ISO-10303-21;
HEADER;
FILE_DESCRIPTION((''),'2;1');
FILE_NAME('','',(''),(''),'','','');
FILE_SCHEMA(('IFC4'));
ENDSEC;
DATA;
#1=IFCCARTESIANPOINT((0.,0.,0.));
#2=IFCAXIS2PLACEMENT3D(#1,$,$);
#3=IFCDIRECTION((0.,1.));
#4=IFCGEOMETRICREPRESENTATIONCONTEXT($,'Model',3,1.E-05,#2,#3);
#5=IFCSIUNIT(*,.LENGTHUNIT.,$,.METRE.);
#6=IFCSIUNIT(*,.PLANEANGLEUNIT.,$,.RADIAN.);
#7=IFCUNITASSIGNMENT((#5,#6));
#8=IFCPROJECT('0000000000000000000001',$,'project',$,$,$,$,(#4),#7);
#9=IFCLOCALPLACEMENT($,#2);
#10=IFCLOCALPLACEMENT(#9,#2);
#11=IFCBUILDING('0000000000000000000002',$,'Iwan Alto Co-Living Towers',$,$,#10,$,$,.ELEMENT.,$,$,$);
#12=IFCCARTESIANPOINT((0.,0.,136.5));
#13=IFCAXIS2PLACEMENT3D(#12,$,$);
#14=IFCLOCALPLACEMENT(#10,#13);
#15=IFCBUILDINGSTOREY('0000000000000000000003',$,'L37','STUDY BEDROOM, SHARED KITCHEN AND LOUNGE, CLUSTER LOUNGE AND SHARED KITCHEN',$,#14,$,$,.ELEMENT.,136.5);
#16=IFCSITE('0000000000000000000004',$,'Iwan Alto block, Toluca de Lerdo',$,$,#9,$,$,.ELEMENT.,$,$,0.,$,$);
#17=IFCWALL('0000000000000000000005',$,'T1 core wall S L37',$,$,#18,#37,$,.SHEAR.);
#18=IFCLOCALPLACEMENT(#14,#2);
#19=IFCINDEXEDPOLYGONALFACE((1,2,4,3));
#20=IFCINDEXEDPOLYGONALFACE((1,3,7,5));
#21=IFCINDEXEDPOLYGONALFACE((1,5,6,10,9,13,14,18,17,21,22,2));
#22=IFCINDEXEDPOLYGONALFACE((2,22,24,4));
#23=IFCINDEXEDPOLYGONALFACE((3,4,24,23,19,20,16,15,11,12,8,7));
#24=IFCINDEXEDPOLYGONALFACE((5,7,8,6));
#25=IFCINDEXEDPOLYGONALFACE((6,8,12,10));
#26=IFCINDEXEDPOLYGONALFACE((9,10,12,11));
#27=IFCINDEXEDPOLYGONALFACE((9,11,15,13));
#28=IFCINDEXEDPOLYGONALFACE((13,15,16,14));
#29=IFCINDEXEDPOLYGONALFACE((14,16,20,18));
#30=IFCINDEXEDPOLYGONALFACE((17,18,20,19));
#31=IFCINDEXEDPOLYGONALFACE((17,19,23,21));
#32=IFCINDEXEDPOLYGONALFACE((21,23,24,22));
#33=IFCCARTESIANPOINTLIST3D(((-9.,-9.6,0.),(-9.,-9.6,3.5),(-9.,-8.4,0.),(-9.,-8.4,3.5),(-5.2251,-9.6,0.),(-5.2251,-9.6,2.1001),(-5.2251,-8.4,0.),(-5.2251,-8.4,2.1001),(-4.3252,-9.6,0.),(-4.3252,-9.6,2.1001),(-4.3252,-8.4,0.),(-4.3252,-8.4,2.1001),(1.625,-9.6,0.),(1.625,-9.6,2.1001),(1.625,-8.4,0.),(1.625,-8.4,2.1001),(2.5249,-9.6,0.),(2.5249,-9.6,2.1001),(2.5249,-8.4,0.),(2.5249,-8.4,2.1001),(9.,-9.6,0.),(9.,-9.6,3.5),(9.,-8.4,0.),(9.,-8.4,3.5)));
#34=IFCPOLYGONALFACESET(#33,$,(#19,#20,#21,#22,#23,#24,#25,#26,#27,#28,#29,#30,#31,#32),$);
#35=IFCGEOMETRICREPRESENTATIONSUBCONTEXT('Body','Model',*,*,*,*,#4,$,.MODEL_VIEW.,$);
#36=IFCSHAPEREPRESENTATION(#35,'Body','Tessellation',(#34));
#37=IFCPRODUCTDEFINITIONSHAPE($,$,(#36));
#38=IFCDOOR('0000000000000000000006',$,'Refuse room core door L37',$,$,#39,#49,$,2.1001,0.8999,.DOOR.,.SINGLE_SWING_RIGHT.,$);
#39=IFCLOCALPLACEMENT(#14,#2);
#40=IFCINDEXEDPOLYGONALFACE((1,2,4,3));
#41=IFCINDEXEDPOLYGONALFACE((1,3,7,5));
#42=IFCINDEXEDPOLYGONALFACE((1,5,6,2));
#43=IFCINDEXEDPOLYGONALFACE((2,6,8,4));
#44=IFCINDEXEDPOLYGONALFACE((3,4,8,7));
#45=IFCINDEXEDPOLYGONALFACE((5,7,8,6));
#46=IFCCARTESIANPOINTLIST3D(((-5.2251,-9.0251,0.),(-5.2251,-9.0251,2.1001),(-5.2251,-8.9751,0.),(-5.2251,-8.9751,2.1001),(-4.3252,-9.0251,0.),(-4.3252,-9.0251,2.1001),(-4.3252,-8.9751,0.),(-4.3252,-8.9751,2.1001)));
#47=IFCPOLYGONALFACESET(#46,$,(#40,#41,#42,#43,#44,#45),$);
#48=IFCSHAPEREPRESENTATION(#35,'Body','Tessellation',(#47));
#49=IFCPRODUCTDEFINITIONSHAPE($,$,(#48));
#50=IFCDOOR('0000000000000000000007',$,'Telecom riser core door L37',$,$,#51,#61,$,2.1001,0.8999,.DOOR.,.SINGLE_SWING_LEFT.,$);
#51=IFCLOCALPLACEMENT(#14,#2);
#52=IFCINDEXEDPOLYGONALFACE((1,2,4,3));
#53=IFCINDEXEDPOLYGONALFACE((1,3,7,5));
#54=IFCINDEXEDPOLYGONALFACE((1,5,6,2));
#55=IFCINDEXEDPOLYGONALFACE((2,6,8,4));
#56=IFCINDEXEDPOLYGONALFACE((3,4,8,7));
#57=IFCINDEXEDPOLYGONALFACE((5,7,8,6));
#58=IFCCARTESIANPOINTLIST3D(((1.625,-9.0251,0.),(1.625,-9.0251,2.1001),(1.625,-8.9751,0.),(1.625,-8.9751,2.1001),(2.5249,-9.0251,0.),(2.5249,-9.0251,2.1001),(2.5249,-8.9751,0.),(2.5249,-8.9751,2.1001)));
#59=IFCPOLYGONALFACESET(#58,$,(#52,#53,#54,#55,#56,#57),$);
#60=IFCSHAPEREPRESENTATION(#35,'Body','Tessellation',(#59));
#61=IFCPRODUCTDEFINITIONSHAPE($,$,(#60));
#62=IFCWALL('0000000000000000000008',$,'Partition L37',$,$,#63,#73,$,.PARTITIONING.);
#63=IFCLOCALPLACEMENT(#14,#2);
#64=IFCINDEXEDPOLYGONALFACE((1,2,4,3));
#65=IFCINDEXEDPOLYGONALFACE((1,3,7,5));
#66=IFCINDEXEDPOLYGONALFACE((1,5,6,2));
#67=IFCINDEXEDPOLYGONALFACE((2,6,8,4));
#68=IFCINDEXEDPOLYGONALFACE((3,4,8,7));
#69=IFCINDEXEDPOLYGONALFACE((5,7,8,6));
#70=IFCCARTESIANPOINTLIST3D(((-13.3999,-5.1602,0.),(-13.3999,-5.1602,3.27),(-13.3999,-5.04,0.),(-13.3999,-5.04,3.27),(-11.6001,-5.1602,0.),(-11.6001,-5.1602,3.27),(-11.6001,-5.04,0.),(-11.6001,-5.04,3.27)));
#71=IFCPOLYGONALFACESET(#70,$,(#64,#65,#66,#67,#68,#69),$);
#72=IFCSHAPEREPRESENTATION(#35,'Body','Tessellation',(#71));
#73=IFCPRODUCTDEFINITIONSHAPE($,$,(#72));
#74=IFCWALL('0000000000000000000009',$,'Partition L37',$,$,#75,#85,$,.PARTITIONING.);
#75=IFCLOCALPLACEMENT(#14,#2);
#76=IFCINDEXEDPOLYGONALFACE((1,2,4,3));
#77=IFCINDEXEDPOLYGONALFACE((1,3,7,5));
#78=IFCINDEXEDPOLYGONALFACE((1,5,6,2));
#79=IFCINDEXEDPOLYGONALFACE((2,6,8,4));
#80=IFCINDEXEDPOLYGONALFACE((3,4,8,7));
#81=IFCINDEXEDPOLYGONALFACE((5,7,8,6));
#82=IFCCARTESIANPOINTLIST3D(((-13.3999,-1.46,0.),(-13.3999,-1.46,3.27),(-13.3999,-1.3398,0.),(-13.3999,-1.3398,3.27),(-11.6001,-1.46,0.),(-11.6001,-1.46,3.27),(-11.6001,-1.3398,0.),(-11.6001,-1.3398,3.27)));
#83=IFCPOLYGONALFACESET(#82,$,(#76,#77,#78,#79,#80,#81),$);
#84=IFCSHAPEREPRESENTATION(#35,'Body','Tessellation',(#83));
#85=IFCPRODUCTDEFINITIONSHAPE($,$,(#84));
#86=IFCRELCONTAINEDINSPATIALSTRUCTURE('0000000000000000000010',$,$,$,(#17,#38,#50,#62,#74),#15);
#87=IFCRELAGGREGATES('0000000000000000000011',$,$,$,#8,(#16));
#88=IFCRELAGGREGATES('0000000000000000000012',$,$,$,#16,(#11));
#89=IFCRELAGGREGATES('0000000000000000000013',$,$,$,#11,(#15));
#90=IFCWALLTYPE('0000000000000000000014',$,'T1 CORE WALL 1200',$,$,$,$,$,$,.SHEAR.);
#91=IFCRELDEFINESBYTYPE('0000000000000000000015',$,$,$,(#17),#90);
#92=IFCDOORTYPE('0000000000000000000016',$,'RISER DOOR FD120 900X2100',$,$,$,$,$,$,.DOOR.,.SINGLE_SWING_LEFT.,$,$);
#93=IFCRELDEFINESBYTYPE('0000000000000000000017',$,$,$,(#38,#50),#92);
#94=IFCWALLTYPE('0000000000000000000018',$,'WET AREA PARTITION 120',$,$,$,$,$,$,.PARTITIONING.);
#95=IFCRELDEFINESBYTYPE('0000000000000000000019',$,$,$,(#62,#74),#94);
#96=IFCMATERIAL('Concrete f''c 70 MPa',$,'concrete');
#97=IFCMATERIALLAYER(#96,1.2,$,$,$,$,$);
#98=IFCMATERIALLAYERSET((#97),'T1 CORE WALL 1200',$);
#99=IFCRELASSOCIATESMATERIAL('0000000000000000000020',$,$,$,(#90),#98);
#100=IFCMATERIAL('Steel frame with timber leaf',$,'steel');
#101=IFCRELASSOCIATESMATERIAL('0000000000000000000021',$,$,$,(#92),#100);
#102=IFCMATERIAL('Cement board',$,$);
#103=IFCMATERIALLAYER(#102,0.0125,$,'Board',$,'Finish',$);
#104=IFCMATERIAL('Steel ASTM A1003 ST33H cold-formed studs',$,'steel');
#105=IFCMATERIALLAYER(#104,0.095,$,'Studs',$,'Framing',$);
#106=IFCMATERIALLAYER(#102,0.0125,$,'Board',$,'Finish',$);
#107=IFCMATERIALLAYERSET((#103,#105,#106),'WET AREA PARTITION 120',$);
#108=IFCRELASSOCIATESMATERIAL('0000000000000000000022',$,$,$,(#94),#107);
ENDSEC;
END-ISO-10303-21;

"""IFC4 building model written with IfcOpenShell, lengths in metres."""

from ifc_helpers import new_model, si_unit, direction, frame, frame_2d, origin, place, context, subcontext, project, spatial, rectangle, extrude, material, layer, layer_set, type_object, element, fill, save


model = new_model("IFC4")

# Units and contexts
model_context = context("Model", 3, precision=1e-05, world=origin(), true_north=direction((0.0, 1.0)))
body_context = subcontext(model_context, "Body", "Model", "MODEL_VIEW")
ifc_project = project(units=[si_unit("LENGTHUNIT", "METRE"), si_unit("PLANEANGLEUNIT", "RADIAN")], contexts=[model_context])

# Site, building, storey
site_placement = place(None, origin())
site = spatial("IfcSite", under=ifc_project, at=site_placement, Name="Iwan Alto block, Toluca de Lerdo", CompositionType="ELEMENT", RefElevation=0.0)
building_placement = place(site_placement, origin())
building = spatial("IfcBuilding", under=site, at=building_placement, Name="Iwan Alto Co-Living Towers", CompositionType="ELEMENT")
storey_placement = place(building_placement, frame((0.0, 0.0, 136.5)))
storey = spatial("IfcBuildingStorey", under=building, at=storey_placement, Name="L37", Description="STUDY BEDROOM, SHARED KITCHEN AND LOUNGE, CLUSTER LOUNGE AND SHARED KITCHEN", CompositionType="ELEMENT", Elevation=136.5)

# Shared definitions
ifc_material_1 = material(Name="Steel ASTM A1003 ST33H cold-formed studs", Category="steel")

# Wall, openings, doors
ifc_material_2 = material(Name="Concrete f'c 70 MPa", Category="concrete")
ifc_layer_1 = layer(ifc_material_2, 1.2)
ifc_layer_set_1 = layer_set([ifc_layer_1], Name="T1 CORE WALL 1200")
wall_type_1 = type_object("IfcWallType", Name="T1 CORE WALL 1200", PredefinedType="SHEAR", material=ifc_layer_set_1)
wall_1_placement = place(storey_placement, frame((-9.0, -9.0, 0.0), z_axis=(0.0, 0.0, 1.0), x_axis=(1.0, 0.0, 0.0)))
wall_1 = element("IfcWall", 1, at=wall_1_placement, inside=storey, type_object=wall_type_1, Name="T1 core wall S L37", PredefinedType="SHEAR", context=body_context, shape_type="SweptSolid", body=[
    extrude(rectangle(XDim=18.0, YDim=1.2, at=frame_2d((9.0, 0.0))), origin(), (0.0, 0.0, 1.0), 3.5),
])
opening_1_placement = place(wall_1_placement, frame((3.7749, 0.0, 0.0)))
opening_1 = element("IfcOpeningElement", 2, at=opening_1_placement, cuts=wall_1, PredefinedType="OPENING", context=body_context, shape_type="SweptSolid", body=[
    extrude(rectangle(XDim=0.8999, YDim=2.1001, at=frame_2d((0.45, 1.05))), frame((0.0, 0.6099, 0.0), z_axis=(0.0, -1.0, 0.0), x_axis=(1.0, 0.0, 0.0)), (0.0, 0.0, 1.0), 1.22),
])
opening_2_placement = place(wall_1_placement, frame((10.625, 0.0, 0.0)))
opening_2 = element("IfcOpeningElement", 3, at=opening_2_placement, cuts=wall_1, PredefinedType="OPENING", context=body_context, shape_type="SweptSolid", body=[
    extrude(rectangle(XDim=0.8999, YDim=2.1001, at=frame_2d((0.45, 1.05))), frame((0.0, 0.6099, 0.0), z_axis=(0.0, -1.0, 0.0), x_axis=(1.0, 0.0, 0.0)), (0.0, 0.0, 1.0), 1.22),
])
ifc_material_3 = material(Name="Steel frame with timber leaf", Category="steel")
door_type_1 = type_object("IfcDoorType", Name="RISER DOOR FD120 900X2100", OperationType="SINGLE_SWING_LEFT", PredefinedType="DOOR", material=ifc_material_3)
door_1_placement = place(opening_1_placement, origin())
door_1 = element("IfcDoor", 4, at=door_1_placement, inside=storey, type_object=door_type_1, Name="Refuse room core door L37", OperationType="SINGLE_SWING_RIGHT", OverallHeight=2.1001, OverallWidth=0.8999, PredefinedType="DOOR", context=body_context, shape_type="SweptSolid", body=[
    extrude(rectangle(XDim=0.8999, YDim=2.1001, at=frame_2d((0.45, 1.05))), frame((0.0, 0.0249, 0.0), z_axis=(0.0, -1.0, 0.0), x_axis=(1.0, 0.0, 0.0)), (0.0, 0.0, 1.0), 0.05),
])
fill(opening_1, door_1)
door_2_placement = place(opening_2_placement, origin())
door_2 = element("IfcDoor", 5, at=door_2_placement, inside=storey, type_object=door_type_1, Name="Telecom riser core door L37", OperationType="SINGLE_SWING_LEFT", OverallHeight=2.1001, OverallWidth=0.8999, PredefinedType="DOOR", context=body_context, shape_type="SweptSolid", body=[
    extrude(rectangle(XDim=0.8999, YDim=2.1001, at=frame_2d((0.45, 1.05))), frame((0.0, 0.0249, 0.0), z_axis=(0.0, -1.0, 0.0), x_axis=(1.0, 0.0, 0.0)), (0.0, 0.0, 1.0), 0.05),
])
fill(opening_2, door_2)

# Walls
ifc_material_4 = material(Name="Cement board")
ifc_layer_2 = layer(ifc_material_4, 0.0125, Name="Board", Category="Finish")
ifc_layer_3 = layer(ifc_material_1, 0.095, Name="Studs", Category="Framing")
ifc_layer_4 = layer(ifc_material_4, 0.0125, Name="Board", Category="Finish")
ifc_layer_set_2 = layer_set([ifc_layer_2, ifc_layer_3, ifc_layer_4], Name="WET AREA PARTITION 120")
wall_type_2 = type_object("IfcWallType", Name="WET AREA PARTITION 120", PredefinedType="PARTITIONING", material=ifc_layer_set_2)
for number, where, z_axis, x_axis, name in (
    (6, (-13.3999, -5.1001, 0.0), (0.0, 0.0, 1.0), (1.0, 0.0, 0.0), "Partition L37"),
    (7, (-13.3999, -1.3999, 0.0), (0.0, 0.0, 1.0), (1.0, 0.0, 0.0), "Partition L37"),
):
    element("IfcWall", number, at=place(storey_placement, frame(where, z_axis=z_axis, x_axis=x_axis)), inside=storey, type_object=wall_type_2, Name=name, PredefinedType="PARTITIONING", context=body_context, shape_type="SweptSolid", body=[
        extrude(rectangle(XDim=1.7998, YDim=0.1201, at=frame_2d((0.8999, 0.0))), origin(), (0.0, 0.0, 1.0), 3.27),
    ])

save(model, "model.ifc")
